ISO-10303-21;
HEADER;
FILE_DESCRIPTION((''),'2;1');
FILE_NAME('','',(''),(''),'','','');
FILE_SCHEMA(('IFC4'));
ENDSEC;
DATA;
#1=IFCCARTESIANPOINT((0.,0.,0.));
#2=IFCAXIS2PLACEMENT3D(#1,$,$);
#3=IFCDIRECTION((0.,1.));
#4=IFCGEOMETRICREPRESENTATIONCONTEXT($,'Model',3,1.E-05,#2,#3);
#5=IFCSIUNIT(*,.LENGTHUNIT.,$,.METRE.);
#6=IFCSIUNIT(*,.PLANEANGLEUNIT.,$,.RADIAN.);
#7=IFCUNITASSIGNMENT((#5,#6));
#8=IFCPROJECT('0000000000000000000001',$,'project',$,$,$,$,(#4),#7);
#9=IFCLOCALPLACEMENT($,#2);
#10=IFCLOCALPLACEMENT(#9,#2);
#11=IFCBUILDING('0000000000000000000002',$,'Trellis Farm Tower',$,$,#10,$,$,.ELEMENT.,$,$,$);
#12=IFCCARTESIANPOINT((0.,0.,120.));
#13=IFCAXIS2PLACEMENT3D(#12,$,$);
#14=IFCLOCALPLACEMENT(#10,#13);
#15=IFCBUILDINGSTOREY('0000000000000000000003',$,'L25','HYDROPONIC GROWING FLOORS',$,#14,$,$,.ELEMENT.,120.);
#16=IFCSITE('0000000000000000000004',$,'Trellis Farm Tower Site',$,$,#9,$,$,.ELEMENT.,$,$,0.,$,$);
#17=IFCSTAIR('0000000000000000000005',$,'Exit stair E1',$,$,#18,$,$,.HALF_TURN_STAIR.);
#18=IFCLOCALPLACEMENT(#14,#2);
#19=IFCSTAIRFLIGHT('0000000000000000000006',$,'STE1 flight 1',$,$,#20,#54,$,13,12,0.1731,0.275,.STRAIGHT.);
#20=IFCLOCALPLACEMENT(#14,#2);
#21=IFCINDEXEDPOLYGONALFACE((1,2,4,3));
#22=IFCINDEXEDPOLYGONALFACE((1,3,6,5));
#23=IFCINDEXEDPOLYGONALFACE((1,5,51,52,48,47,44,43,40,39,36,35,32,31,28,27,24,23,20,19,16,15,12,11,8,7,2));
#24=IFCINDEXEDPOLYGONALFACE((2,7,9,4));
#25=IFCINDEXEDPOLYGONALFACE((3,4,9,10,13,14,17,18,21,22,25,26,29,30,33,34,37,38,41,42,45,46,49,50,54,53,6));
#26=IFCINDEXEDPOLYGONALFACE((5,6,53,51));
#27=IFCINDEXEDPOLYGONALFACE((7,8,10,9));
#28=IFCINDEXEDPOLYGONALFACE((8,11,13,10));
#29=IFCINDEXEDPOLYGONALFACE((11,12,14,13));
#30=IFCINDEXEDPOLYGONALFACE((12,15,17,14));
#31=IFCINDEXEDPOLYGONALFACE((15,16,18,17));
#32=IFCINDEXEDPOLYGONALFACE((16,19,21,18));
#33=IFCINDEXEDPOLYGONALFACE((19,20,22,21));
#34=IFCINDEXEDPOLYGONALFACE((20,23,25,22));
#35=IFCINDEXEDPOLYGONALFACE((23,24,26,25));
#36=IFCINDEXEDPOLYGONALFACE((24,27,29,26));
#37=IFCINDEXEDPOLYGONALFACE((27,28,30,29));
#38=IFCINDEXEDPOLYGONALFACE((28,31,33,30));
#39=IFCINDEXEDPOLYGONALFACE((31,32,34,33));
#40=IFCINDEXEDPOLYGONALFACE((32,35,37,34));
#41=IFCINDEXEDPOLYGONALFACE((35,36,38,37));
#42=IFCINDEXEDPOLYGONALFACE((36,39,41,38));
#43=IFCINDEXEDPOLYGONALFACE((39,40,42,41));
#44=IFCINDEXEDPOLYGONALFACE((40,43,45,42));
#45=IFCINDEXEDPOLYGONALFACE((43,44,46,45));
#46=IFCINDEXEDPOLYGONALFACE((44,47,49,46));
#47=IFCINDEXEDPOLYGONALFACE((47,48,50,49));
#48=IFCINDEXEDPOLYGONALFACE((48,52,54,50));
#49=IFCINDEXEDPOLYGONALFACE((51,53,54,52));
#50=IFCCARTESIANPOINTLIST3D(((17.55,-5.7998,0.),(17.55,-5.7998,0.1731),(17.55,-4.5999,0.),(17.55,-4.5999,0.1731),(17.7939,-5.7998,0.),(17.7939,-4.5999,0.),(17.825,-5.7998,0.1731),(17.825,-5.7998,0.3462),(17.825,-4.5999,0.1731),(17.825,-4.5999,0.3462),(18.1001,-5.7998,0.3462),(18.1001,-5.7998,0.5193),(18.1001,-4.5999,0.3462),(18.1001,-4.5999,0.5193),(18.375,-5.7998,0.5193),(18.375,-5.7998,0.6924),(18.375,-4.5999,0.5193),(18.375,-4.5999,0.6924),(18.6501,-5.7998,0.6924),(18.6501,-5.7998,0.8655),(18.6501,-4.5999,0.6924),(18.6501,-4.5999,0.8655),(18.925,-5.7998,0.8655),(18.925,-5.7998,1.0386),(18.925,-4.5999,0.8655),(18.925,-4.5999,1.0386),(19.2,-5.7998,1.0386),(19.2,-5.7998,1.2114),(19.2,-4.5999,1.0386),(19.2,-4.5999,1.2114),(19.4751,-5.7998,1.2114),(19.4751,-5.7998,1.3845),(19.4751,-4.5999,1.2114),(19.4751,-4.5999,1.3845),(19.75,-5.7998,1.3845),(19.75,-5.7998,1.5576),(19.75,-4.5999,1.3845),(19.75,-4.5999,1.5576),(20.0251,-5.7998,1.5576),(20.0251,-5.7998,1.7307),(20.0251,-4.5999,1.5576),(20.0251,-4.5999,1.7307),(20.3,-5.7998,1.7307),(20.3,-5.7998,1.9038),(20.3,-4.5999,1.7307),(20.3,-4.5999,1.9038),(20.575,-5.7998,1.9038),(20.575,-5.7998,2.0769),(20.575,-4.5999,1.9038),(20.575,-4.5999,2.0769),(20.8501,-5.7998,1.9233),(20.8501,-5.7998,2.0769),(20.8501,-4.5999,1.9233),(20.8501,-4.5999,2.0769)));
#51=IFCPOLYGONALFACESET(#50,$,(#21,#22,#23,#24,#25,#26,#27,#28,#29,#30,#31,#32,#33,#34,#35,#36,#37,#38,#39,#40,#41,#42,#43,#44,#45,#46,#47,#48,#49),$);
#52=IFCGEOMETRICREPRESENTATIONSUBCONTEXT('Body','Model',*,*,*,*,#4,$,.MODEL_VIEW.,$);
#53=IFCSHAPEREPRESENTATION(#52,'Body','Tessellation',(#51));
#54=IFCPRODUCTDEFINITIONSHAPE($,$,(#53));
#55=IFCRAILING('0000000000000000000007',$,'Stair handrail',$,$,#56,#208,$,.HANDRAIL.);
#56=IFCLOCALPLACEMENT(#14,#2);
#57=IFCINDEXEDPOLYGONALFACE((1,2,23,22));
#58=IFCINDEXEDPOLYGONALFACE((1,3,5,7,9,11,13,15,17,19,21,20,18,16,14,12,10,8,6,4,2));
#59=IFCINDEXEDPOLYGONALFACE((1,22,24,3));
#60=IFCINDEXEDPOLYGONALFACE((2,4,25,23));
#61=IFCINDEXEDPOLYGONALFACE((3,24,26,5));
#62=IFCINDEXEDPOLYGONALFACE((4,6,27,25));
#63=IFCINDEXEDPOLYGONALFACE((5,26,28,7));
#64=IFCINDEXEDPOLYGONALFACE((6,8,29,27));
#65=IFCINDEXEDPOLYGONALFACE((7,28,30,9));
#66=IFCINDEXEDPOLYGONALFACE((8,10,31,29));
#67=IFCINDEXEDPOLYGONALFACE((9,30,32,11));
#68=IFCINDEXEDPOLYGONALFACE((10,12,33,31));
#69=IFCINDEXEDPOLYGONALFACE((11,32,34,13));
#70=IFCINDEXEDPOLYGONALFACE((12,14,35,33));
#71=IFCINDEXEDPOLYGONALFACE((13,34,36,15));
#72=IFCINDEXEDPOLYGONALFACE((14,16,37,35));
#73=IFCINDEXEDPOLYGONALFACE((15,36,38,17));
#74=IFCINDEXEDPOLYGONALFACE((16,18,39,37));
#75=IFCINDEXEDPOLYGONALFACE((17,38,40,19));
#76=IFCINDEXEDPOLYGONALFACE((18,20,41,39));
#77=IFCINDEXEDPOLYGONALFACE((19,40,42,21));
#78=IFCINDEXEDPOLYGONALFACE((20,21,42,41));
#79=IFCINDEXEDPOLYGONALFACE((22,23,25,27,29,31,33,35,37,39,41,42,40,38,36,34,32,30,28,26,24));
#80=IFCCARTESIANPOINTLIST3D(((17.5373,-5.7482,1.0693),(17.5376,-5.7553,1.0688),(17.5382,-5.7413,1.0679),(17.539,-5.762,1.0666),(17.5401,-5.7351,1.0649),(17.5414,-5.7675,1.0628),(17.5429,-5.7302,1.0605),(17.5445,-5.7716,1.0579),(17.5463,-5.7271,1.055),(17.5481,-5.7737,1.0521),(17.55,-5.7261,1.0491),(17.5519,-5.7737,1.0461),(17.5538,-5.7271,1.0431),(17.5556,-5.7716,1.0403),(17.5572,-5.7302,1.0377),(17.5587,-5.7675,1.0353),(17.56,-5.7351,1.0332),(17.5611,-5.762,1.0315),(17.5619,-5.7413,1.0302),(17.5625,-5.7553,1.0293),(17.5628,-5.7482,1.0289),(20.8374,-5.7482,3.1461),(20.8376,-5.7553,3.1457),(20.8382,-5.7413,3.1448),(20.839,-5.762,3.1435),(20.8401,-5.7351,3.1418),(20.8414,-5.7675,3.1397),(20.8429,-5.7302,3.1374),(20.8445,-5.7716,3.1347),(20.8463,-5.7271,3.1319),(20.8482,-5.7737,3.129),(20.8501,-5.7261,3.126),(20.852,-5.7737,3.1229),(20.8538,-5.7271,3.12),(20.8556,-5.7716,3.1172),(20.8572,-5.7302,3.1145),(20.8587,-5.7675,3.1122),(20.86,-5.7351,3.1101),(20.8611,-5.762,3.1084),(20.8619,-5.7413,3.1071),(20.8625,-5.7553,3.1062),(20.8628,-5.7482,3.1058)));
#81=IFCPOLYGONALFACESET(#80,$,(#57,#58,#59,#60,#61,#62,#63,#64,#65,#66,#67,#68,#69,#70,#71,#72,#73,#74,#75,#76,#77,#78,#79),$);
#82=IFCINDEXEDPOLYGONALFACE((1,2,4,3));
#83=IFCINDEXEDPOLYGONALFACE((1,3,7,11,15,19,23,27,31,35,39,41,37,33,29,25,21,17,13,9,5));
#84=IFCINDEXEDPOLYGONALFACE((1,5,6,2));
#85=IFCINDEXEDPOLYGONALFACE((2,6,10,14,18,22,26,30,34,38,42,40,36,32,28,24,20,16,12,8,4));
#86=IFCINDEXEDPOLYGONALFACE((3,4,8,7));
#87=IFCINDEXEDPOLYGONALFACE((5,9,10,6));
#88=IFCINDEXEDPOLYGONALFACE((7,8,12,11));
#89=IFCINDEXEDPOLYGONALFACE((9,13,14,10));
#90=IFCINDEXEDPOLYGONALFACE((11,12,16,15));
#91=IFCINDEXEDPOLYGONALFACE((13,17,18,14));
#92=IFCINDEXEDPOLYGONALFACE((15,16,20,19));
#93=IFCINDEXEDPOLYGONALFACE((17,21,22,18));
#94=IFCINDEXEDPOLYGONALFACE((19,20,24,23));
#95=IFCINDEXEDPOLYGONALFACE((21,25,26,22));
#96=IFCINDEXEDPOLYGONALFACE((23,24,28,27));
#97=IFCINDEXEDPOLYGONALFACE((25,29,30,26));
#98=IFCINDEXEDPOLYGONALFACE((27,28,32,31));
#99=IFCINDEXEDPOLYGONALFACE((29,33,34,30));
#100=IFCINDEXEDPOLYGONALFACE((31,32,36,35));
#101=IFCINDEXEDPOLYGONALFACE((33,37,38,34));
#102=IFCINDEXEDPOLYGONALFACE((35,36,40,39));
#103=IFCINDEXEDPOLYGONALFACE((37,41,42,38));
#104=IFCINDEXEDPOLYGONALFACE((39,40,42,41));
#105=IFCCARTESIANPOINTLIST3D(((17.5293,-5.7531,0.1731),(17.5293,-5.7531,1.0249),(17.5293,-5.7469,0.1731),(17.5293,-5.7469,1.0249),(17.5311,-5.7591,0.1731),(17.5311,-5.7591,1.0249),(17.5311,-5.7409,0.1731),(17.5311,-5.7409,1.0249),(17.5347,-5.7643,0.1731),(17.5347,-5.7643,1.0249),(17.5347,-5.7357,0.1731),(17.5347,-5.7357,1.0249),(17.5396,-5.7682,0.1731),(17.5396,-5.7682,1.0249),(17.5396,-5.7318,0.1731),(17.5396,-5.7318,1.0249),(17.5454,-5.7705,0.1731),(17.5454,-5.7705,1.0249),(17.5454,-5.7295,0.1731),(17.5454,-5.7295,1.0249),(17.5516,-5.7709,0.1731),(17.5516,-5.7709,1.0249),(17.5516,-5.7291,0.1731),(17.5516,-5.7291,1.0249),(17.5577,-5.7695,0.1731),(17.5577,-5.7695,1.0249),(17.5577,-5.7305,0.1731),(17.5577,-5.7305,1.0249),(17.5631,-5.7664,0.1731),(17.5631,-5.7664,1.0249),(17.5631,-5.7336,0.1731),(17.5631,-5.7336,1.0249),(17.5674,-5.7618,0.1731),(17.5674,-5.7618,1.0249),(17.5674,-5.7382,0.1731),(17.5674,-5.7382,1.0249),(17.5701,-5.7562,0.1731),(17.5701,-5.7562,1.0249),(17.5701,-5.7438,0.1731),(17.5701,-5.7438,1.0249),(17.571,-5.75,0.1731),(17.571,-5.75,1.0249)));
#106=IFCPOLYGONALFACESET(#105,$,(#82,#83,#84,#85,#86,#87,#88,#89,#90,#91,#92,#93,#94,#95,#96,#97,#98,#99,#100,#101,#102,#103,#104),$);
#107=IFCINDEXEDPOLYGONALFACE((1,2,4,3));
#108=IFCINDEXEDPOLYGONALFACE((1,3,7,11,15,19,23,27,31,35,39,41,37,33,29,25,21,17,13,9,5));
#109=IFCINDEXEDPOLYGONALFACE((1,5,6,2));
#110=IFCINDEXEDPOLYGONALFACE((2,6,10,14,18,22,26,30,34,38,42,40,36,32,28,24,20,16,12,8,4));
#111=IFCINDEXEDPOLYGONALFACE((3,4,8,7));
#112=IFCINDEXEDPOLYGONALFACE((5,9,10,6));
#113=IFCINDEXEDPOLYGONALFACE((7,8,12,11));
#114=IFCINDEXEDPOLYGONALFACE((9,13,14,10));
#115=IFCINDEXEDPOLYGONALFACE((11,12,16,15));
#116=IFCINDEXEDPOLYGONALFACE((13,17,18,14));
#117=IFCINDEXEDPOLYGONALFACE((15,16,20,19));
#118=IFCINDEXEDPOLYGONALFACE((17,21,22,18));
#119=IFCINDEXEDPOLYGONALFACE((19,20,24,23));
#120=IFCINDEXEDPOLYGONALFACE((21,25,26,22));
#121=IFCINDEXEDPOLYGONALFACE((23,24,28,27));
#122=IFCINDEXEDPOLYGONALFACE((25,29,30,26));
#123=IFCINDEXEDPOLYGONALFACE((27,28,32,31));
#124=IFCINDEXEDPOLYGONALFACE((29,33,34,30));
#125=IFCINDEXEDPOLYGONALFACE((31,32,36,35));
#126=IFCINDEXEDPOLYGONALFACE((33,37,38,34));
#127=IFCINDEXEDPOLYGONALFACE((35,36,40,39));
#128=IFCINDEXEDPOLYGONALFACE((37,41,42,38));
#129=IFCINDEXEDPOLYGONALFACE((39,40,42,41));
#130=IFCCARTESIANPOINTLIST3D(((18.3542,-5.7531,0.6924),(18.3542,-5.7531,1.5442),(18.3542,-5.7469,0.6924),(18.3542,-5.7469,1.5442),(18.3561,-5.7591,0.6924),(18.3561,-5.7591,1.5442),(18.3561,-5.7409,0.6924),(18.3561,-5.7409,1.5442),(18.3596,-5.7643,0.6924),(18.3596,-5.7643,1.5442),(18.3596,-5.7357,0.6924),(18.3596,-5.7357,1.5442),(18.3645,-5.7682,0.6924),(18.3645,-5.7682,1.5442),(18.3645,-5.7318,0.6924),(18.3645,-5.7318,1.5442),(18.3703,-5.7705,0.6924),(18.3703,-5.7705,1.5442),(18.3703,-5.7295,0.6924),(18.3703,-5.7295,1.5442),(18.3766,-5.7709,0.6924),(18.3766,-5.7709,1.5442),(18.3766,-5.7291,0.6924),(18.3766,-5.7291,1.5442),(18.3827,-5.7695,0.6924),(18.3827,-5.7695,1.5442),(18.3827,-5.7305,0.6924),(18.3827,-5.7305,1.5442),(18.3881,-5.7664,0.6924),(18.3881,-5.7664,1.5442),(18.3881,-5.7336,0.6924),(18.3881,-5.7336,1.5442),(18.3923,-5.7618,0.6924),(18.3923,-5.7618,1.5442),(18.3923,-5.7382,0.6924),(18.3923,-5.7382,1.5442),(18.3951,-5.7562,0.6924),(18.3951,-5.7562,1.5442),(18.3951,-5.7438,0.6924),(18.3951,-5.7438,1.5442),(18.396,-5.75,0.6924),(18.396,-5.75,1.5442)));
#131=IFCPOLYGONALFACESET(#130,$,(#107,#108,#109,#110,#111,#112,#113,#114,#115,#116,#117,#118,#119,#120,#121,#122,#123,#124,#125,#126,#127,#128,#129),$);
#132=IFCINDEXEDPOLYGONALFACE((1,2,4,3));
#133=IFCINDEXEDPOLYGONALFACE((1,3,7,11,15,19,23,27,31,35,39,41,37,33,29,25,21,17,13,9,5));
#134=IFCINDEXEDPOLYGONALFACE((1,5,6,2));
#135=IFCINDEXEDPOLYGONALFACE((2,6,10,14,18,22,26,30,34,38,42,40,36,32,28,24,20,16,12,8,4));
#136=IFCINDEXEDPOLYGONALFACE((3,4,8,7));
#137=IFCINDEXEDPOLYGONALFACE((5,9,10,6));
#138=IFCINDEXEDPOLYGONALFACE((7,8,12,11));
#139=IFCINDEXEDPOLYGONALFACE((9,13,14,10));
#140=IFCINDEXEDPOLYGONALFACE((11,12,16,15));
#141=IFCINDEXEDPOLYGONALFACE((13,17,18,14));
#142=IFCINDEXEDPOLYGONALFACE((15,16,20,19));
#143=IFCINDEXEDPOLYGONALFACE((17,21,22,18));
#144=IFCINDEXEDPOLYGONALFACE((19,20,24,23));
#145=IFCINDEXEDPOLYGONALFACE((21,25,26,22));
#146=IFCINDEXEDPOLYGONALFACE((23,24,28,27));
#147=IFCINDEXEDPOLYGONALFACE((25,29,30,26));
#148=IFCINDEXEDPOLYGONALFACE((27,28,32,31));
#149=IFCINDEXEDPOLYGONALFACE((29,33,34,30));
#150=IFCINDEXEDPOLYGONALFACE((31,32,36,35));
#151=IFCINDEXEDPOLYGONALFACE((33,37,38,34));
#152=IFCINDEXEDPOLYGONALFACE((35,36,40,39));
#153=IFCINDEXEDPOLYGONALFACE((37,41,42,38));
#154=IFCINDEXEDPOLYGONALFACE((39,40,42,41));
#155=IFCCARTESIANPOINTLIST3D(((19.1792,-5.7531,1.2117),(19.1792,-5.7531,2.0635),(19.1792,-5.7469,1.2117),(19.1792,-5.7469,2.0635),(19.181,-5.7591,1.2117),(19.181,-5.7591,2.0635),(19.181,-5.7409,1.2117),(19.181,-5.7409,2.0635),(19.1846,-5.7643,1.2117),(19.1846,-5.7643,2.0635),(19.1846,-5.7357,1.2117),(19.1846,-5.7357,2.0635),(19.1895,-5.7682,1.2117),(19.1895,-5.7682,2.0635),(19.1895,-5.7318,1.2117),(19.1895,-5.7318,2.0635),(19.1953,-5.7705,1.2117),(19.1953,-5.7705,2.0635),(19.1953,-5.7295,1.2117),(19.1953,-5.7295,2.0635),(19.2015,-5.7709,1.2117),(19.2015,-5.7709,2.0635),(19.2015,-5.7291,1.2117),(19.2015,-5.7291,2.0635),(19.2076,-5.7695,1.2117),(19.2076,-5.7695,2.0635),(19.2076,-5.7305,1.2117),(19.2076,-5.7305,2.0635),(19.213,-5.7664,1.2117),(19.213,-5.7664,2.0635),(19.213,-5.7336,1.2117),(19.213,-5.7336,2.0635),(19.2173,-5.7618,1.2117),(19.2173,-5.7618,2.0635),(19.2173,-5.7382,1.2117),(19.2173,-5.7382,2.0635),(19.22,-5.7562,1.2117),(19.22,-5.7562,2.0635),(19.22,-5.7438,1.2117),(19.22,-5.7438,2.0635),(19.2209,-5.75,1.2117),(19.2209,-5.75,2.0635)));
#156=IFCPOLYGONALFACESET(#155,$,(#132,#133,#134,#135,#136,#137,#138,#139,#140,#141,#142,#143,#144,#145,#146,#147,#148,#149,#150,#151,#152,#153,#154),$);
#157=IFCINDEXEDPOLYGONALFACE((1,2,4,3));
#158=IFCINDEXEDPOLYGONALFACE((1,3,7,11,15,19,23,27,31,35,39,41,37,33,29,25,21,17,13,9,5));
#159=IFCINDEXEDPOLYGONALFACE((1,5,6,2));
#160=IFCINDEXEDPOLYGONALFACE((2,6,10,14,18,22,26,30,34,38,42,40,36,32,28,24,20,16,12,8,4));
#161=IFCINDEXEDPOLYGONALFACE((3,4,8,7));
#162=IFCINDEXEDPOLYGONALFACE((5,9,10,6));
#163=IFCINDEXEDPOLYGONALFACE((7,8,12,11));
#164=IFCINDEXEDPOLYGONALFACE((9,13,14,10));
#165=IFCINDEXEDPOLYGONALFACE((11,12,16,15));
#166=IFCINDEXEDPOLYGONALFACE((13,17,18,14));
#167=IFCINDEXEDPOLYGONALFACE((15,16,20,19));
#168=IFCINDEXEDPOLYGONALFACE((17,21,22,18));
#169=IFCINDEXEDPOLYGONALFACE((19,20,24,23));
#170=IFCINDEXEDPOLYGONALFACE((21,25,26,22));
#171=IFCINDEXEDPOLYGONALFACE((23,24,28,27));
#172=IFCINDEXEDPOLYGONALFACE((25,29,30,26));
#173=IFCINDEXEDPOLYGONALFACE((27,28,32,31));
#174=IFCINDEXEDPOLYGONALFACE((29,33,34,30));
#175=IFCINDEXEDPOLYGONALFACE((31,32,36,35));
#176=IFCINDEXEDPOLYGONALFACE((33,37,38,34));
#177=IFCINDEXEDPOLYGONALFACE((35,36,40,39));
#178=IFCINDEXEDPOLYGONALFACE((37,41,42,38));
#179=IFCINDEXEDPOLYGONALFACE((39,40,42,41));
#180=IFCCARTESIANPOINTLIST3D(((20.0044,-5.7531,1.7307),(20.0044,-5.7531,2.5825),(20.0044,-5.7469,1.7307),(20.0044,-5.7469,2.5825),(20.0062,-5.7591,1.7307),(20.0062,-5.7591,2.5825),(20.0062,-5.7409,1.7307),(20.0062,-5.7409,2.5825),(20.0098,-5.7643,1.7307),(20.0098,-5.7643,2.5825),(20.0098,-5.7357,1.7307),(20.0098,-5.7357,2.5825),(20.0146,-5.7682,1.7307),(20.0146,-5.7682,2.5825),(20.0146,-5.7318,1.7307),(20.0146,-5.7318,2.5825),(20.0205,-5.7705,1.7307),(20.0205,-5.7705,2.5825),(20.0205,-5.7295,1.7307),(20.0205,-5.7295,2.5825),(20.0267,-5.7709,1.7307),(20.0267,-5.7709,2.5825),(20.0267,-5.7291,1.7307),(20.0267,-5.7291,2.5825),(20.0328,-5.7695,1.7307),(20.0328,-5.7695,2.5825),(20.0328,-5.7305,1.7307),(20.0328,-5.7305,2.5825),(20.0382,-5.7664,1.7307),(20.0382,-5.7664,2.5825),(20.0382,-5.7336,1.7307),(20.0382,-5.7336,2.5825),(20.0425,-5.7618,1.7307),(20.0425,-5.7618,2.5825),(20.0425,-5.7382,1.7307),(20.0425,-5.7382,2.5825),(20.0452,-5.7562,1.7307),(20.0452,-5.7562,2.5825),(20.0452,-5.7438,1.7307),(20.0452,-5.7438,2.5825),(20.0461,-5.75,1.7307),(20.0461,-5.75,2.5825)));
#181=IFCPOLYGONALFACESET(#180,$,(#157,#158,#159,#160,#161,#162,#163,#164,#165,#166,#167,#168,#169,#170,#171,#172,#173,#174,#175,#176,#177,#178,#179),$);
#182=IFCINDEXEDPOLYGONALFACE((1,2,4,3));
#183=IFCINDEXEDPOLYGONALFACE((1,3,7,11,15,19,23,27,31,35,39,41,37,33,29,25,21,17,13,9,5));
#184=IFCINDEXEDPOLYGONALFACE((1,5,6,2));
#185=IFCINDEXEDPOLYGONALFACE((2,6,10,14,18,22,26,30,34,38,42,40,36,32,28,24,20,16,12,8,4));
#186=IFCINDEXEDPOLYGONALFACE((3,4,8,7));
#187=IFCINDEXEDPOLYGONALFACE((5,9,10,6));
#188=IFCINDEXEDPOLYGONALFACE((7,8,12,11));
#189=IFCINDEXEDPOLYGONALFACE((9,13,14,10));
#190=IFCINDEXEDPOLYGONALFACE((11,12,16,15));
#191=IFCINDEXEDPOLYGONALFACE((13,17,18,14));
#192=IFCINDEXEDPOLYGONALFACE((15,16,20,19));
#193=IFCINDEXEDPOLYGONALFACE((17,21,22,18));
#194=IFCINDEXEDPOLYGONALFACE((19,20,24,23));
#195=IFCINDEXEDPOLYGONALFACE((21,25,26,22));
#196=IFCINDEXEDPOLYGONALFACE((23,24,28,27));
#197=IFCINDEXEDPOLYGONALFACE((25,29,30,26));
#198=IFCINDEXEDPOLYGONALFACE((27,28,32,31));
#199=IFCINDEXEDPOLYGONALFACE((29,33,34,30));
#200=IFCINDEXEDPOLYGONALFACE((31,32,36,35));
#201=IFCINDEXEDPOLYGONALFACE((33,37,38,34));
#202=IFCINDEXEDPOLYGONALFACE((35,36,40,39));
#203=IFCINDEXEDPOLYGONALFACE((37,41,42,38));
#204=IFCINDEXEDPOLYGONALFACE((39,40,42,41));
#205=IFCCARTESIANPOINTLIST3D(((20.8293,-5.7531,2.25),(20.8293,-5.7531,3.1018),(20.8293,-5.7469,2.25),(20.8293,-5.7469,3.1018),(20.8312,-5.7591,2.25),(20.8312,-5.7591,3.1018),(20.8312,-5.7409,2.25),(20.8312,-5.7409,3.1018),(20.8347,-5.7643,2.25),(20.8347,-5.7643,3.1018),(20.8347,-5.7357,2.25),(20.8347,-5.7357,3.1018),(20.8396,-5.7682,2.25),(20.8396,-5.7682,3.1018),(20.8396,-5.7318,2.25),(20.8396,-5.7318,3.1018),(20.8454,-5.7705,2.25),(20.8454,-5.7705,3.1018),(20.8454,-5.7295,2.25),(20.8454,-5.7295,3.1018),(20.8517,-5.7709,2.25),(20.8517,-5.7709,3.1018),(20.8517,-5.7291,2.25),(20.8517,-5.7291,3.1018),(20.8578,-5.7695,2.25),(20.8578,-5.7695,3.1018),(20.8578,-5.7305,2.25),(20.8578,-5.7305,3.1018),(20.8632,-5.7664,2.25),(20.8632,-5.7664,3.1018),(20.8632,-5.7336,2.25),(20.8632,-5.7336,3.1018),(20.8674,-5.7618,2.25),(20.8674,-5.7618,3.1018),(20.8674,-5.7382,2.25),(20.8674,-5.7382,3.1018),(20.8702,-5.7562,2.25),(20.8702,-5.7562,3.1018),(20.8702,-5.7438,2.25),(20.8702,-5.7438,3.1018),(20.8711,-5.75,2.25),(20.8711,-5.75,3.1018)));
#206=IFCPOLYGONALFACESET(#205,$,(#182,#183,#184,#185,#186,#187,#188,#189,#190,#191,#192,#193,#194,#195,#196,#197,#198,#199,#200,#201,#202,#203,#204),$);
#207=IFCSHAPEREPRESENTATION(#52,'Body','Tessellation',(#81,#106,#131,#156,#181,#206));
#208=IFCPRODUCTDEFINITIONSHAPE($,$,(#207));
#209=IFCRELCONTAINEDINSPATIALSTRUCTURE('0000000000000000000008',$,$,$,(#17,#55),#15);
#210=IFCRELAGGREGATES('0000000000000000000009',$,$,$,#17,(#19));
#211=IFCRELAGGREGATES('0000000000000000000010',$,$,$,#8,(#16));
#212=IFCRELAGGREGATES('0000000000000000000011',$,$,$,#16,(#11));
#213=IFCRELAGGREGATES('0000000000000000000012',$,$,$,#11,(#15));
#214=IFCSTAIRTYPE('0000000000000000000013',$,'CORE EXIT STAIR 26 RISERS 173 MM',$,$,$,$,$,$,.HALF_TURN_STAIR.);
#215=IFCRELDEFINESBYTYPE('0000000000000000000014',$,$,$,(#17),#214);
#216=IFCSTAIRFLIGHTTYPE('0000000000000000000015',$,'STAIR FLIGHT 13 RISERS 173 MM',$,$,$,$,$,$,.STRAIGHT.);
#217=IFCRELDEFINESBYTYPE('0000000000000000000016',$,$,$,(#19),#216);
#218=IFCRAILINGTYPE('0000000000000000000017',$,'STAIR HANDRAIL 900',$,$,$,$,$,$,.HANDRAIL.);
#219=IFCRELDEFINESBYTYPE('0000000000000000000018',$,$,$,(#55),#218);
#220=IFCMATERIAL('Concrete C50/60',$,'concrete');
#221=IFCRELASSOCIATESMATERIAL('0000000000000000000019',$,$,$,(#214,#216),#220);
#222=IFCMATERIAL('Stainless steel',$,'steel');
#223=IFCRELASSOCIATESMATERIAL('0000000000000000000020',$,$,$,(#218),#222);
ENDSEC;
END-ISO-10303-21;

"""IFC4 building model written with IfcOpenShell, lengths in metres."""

from ifc_helpers import new_model, si_unit, direction, frame, origin, origin_2d, place, context, subcontext, project, spatial, polyline, circle, outline, extrude, source, transform, mapped, material, type_object, element, aggregate, save


model = new_model("IFC4")

# Units and contexts
model_context = context("Model", 3, precision=1e-05, world=origin(), true_north=direction((0.0, 1.0)))
body_context = subcontext(model_context, "Body", "Model", "MODEL_VIEW")
ifc_project = project(units=[si_unit("LENGTHUNIT", "METRE"), si_unit("PLANEANGLEUNIT", "RADIAN")], contexts=[model_context])

# Site, building, storey
site_placement = place(None, origin())
site = spatial("IfcSite", under=ifc_project, at=site_placement, Name="Trellis Farm Tower Site", CompositionType="ELEMENT", RefElevation=0.0)
building_placement = place(site_placement, origin())
building = spatial("IfcBuilding", under=site, at=building_placement, Name="Trellis Farm Tower", CompositionType="ELEMENT")
storey_placement = place(building_placement, frame((0.0, 0.0, 120.0)))
storey = spatial("IfcBuildingStorey", under=building, at=storey_placement, Name="L25", Description="HYDROPONIC GROWING FLOORS", CompositionType="ELEMENT", Elevation=120.0)

# Shared definitions
placement = place(storey_placement, origin())

# Stair, stair flight
ifc_material_1 = material(Name="Concrete C50/60", Category="concrete")
stair_type = type_object("IfcStairType", Name="CORE EXIT STAIR 26 RISERS 173 MM", PredefinedType="HALF_TURN_STAIR", material=ifc_material_1)
stair = element("IfcStair", 1, at=placement, inside=storey, type_object=stair_type, Name="Exit stair E1", PredefinedType="HALF_TURN_STAIR")
stair_flight_type = type_object("IfcStairFlightType", Name="STAIR FLIGHT 13 RISERS 173 MM", PredefinedType="STRAIGHT", material=ifc_material_1)
shared_shape_1 = source(origin(), body_context, "Body", "SweptSolid", [
    extrude(outline(polyline([(0.0, 0.0), (0.0, 0.1731), (0.2749, 0.1731), (0.2749, 0.3462), (0.55, 0.3462), (0.55, 0.5193), (0.825, 0.5193), (0.825, 0.6924), (1.1001, 0.6924), (1.1001, 0.8655), (1.375, 0.8655), (1.375, 1.0386), (1.6499, 1.0386), (1.6499, 1.2114), (1.925, 1.2114), (1.925, 1.3845), (2.2, 1.3845), (2.2, 1.5576), (2.4751, 1.5576), (2.4751, 1.7307), (2.75, 1.7307), (2.75, 1.9038), (3.0249, 1.9038), (3.0249, 2.0769), (3.3, 2.0769), (3.3, 2.25), (3.3, 1.9233), (0.2439, 0.0), (0.0, 0.0)])), frame((0.0, 0.6001, 0.0), z_axis=(0.0, -1.0, 0.0), x_axis=(1.0, 0.0, 0.0)), (0.0, 0.0, 1.0), 1.2),
])
stair_flight_placement = place(storey_placement, frame((17.55, -5.2, 0.0), z_axis=(0.0, 0.0, 1.0), x_axis=(1.0, 0.0, 0.0)))
stair_flight = element("IfcStairFlight", 2, at=stair_flight_placement, type_object=stair_flight_type, Name="STE1 flight 1", NumberOfRisers=13, NumberOfTreads=12, PredefinedType="STRAIGHT", RiserHeight=0.1731, TreadLength=0.275, context=body_context, shape_type="MappedRepresentation", body=[
    mapped(shared_shape_1, transform((0.0, 0.0, 0.0))),
])
aggregate(stair, [stair_flight])

# Railing
ifc_material_2 = material(Name="Stainless steel", Category="steel")
railing_type = type_object("IfcRailingType", Name="STAIR HANDRAIL 900", PredefinedType="HANDRAIL", material=ifc_material_2)
shared_shape_2 = source(origin(), body_context, "Body", "SweptSolid", [
    extrude(circle(Radius=0.0239, at=origin_2d()), frame((0.0, 0.0, 0.876), z_axis=(0.846337, 0.0, 0.532647), x_axis=(0.0, 1.0, 0.0)), (0.0, 0.0, 1.0), 3.8992),
    extrude(circle(Radius=0.021, at=origin_2d()), origin(), (0.0, 0.0, 1.0), 0.8518),
    extrude(circle(Radius=0.021, at=origin_2d()), frame((0.825, 0.0, 0.5193)), (0.0, 0.0, 1.0), 0.8518),
    extrude(circle(Radius=0.021, at=origin_2d()), frame((1.6499, 0.0, 1.0386)), (0.0, 0.0, 1.0), 0.8518),
    extrude(circle(Radius=0.021, at=origin_2d()), frame((2.4751, 0.0, 1.5576)), (0.0, 0.0, 1.0), 0.8518),
    extrude(circle(Radius=0.021, at=origin_2d()), frame((3.3, 0.0, 2.0769)), (0.0, 0.0, 1.0), 0.8518),
])
railing_placement = place(storey_placement, frame((17.55, -5.75, 0.1731)))
element("IfcRailing", 3, at=railing_placement, inside=storey, type_object=railing_type, Name="Stair handrail", PredefinedType="HANDRAIL", context=body_context, shape_type="MappedRepresentation", body=[
    mapped(shared_shape_2, transform((0.0, 0.0, 0.0))),
])

save(model, "model.ifc")
